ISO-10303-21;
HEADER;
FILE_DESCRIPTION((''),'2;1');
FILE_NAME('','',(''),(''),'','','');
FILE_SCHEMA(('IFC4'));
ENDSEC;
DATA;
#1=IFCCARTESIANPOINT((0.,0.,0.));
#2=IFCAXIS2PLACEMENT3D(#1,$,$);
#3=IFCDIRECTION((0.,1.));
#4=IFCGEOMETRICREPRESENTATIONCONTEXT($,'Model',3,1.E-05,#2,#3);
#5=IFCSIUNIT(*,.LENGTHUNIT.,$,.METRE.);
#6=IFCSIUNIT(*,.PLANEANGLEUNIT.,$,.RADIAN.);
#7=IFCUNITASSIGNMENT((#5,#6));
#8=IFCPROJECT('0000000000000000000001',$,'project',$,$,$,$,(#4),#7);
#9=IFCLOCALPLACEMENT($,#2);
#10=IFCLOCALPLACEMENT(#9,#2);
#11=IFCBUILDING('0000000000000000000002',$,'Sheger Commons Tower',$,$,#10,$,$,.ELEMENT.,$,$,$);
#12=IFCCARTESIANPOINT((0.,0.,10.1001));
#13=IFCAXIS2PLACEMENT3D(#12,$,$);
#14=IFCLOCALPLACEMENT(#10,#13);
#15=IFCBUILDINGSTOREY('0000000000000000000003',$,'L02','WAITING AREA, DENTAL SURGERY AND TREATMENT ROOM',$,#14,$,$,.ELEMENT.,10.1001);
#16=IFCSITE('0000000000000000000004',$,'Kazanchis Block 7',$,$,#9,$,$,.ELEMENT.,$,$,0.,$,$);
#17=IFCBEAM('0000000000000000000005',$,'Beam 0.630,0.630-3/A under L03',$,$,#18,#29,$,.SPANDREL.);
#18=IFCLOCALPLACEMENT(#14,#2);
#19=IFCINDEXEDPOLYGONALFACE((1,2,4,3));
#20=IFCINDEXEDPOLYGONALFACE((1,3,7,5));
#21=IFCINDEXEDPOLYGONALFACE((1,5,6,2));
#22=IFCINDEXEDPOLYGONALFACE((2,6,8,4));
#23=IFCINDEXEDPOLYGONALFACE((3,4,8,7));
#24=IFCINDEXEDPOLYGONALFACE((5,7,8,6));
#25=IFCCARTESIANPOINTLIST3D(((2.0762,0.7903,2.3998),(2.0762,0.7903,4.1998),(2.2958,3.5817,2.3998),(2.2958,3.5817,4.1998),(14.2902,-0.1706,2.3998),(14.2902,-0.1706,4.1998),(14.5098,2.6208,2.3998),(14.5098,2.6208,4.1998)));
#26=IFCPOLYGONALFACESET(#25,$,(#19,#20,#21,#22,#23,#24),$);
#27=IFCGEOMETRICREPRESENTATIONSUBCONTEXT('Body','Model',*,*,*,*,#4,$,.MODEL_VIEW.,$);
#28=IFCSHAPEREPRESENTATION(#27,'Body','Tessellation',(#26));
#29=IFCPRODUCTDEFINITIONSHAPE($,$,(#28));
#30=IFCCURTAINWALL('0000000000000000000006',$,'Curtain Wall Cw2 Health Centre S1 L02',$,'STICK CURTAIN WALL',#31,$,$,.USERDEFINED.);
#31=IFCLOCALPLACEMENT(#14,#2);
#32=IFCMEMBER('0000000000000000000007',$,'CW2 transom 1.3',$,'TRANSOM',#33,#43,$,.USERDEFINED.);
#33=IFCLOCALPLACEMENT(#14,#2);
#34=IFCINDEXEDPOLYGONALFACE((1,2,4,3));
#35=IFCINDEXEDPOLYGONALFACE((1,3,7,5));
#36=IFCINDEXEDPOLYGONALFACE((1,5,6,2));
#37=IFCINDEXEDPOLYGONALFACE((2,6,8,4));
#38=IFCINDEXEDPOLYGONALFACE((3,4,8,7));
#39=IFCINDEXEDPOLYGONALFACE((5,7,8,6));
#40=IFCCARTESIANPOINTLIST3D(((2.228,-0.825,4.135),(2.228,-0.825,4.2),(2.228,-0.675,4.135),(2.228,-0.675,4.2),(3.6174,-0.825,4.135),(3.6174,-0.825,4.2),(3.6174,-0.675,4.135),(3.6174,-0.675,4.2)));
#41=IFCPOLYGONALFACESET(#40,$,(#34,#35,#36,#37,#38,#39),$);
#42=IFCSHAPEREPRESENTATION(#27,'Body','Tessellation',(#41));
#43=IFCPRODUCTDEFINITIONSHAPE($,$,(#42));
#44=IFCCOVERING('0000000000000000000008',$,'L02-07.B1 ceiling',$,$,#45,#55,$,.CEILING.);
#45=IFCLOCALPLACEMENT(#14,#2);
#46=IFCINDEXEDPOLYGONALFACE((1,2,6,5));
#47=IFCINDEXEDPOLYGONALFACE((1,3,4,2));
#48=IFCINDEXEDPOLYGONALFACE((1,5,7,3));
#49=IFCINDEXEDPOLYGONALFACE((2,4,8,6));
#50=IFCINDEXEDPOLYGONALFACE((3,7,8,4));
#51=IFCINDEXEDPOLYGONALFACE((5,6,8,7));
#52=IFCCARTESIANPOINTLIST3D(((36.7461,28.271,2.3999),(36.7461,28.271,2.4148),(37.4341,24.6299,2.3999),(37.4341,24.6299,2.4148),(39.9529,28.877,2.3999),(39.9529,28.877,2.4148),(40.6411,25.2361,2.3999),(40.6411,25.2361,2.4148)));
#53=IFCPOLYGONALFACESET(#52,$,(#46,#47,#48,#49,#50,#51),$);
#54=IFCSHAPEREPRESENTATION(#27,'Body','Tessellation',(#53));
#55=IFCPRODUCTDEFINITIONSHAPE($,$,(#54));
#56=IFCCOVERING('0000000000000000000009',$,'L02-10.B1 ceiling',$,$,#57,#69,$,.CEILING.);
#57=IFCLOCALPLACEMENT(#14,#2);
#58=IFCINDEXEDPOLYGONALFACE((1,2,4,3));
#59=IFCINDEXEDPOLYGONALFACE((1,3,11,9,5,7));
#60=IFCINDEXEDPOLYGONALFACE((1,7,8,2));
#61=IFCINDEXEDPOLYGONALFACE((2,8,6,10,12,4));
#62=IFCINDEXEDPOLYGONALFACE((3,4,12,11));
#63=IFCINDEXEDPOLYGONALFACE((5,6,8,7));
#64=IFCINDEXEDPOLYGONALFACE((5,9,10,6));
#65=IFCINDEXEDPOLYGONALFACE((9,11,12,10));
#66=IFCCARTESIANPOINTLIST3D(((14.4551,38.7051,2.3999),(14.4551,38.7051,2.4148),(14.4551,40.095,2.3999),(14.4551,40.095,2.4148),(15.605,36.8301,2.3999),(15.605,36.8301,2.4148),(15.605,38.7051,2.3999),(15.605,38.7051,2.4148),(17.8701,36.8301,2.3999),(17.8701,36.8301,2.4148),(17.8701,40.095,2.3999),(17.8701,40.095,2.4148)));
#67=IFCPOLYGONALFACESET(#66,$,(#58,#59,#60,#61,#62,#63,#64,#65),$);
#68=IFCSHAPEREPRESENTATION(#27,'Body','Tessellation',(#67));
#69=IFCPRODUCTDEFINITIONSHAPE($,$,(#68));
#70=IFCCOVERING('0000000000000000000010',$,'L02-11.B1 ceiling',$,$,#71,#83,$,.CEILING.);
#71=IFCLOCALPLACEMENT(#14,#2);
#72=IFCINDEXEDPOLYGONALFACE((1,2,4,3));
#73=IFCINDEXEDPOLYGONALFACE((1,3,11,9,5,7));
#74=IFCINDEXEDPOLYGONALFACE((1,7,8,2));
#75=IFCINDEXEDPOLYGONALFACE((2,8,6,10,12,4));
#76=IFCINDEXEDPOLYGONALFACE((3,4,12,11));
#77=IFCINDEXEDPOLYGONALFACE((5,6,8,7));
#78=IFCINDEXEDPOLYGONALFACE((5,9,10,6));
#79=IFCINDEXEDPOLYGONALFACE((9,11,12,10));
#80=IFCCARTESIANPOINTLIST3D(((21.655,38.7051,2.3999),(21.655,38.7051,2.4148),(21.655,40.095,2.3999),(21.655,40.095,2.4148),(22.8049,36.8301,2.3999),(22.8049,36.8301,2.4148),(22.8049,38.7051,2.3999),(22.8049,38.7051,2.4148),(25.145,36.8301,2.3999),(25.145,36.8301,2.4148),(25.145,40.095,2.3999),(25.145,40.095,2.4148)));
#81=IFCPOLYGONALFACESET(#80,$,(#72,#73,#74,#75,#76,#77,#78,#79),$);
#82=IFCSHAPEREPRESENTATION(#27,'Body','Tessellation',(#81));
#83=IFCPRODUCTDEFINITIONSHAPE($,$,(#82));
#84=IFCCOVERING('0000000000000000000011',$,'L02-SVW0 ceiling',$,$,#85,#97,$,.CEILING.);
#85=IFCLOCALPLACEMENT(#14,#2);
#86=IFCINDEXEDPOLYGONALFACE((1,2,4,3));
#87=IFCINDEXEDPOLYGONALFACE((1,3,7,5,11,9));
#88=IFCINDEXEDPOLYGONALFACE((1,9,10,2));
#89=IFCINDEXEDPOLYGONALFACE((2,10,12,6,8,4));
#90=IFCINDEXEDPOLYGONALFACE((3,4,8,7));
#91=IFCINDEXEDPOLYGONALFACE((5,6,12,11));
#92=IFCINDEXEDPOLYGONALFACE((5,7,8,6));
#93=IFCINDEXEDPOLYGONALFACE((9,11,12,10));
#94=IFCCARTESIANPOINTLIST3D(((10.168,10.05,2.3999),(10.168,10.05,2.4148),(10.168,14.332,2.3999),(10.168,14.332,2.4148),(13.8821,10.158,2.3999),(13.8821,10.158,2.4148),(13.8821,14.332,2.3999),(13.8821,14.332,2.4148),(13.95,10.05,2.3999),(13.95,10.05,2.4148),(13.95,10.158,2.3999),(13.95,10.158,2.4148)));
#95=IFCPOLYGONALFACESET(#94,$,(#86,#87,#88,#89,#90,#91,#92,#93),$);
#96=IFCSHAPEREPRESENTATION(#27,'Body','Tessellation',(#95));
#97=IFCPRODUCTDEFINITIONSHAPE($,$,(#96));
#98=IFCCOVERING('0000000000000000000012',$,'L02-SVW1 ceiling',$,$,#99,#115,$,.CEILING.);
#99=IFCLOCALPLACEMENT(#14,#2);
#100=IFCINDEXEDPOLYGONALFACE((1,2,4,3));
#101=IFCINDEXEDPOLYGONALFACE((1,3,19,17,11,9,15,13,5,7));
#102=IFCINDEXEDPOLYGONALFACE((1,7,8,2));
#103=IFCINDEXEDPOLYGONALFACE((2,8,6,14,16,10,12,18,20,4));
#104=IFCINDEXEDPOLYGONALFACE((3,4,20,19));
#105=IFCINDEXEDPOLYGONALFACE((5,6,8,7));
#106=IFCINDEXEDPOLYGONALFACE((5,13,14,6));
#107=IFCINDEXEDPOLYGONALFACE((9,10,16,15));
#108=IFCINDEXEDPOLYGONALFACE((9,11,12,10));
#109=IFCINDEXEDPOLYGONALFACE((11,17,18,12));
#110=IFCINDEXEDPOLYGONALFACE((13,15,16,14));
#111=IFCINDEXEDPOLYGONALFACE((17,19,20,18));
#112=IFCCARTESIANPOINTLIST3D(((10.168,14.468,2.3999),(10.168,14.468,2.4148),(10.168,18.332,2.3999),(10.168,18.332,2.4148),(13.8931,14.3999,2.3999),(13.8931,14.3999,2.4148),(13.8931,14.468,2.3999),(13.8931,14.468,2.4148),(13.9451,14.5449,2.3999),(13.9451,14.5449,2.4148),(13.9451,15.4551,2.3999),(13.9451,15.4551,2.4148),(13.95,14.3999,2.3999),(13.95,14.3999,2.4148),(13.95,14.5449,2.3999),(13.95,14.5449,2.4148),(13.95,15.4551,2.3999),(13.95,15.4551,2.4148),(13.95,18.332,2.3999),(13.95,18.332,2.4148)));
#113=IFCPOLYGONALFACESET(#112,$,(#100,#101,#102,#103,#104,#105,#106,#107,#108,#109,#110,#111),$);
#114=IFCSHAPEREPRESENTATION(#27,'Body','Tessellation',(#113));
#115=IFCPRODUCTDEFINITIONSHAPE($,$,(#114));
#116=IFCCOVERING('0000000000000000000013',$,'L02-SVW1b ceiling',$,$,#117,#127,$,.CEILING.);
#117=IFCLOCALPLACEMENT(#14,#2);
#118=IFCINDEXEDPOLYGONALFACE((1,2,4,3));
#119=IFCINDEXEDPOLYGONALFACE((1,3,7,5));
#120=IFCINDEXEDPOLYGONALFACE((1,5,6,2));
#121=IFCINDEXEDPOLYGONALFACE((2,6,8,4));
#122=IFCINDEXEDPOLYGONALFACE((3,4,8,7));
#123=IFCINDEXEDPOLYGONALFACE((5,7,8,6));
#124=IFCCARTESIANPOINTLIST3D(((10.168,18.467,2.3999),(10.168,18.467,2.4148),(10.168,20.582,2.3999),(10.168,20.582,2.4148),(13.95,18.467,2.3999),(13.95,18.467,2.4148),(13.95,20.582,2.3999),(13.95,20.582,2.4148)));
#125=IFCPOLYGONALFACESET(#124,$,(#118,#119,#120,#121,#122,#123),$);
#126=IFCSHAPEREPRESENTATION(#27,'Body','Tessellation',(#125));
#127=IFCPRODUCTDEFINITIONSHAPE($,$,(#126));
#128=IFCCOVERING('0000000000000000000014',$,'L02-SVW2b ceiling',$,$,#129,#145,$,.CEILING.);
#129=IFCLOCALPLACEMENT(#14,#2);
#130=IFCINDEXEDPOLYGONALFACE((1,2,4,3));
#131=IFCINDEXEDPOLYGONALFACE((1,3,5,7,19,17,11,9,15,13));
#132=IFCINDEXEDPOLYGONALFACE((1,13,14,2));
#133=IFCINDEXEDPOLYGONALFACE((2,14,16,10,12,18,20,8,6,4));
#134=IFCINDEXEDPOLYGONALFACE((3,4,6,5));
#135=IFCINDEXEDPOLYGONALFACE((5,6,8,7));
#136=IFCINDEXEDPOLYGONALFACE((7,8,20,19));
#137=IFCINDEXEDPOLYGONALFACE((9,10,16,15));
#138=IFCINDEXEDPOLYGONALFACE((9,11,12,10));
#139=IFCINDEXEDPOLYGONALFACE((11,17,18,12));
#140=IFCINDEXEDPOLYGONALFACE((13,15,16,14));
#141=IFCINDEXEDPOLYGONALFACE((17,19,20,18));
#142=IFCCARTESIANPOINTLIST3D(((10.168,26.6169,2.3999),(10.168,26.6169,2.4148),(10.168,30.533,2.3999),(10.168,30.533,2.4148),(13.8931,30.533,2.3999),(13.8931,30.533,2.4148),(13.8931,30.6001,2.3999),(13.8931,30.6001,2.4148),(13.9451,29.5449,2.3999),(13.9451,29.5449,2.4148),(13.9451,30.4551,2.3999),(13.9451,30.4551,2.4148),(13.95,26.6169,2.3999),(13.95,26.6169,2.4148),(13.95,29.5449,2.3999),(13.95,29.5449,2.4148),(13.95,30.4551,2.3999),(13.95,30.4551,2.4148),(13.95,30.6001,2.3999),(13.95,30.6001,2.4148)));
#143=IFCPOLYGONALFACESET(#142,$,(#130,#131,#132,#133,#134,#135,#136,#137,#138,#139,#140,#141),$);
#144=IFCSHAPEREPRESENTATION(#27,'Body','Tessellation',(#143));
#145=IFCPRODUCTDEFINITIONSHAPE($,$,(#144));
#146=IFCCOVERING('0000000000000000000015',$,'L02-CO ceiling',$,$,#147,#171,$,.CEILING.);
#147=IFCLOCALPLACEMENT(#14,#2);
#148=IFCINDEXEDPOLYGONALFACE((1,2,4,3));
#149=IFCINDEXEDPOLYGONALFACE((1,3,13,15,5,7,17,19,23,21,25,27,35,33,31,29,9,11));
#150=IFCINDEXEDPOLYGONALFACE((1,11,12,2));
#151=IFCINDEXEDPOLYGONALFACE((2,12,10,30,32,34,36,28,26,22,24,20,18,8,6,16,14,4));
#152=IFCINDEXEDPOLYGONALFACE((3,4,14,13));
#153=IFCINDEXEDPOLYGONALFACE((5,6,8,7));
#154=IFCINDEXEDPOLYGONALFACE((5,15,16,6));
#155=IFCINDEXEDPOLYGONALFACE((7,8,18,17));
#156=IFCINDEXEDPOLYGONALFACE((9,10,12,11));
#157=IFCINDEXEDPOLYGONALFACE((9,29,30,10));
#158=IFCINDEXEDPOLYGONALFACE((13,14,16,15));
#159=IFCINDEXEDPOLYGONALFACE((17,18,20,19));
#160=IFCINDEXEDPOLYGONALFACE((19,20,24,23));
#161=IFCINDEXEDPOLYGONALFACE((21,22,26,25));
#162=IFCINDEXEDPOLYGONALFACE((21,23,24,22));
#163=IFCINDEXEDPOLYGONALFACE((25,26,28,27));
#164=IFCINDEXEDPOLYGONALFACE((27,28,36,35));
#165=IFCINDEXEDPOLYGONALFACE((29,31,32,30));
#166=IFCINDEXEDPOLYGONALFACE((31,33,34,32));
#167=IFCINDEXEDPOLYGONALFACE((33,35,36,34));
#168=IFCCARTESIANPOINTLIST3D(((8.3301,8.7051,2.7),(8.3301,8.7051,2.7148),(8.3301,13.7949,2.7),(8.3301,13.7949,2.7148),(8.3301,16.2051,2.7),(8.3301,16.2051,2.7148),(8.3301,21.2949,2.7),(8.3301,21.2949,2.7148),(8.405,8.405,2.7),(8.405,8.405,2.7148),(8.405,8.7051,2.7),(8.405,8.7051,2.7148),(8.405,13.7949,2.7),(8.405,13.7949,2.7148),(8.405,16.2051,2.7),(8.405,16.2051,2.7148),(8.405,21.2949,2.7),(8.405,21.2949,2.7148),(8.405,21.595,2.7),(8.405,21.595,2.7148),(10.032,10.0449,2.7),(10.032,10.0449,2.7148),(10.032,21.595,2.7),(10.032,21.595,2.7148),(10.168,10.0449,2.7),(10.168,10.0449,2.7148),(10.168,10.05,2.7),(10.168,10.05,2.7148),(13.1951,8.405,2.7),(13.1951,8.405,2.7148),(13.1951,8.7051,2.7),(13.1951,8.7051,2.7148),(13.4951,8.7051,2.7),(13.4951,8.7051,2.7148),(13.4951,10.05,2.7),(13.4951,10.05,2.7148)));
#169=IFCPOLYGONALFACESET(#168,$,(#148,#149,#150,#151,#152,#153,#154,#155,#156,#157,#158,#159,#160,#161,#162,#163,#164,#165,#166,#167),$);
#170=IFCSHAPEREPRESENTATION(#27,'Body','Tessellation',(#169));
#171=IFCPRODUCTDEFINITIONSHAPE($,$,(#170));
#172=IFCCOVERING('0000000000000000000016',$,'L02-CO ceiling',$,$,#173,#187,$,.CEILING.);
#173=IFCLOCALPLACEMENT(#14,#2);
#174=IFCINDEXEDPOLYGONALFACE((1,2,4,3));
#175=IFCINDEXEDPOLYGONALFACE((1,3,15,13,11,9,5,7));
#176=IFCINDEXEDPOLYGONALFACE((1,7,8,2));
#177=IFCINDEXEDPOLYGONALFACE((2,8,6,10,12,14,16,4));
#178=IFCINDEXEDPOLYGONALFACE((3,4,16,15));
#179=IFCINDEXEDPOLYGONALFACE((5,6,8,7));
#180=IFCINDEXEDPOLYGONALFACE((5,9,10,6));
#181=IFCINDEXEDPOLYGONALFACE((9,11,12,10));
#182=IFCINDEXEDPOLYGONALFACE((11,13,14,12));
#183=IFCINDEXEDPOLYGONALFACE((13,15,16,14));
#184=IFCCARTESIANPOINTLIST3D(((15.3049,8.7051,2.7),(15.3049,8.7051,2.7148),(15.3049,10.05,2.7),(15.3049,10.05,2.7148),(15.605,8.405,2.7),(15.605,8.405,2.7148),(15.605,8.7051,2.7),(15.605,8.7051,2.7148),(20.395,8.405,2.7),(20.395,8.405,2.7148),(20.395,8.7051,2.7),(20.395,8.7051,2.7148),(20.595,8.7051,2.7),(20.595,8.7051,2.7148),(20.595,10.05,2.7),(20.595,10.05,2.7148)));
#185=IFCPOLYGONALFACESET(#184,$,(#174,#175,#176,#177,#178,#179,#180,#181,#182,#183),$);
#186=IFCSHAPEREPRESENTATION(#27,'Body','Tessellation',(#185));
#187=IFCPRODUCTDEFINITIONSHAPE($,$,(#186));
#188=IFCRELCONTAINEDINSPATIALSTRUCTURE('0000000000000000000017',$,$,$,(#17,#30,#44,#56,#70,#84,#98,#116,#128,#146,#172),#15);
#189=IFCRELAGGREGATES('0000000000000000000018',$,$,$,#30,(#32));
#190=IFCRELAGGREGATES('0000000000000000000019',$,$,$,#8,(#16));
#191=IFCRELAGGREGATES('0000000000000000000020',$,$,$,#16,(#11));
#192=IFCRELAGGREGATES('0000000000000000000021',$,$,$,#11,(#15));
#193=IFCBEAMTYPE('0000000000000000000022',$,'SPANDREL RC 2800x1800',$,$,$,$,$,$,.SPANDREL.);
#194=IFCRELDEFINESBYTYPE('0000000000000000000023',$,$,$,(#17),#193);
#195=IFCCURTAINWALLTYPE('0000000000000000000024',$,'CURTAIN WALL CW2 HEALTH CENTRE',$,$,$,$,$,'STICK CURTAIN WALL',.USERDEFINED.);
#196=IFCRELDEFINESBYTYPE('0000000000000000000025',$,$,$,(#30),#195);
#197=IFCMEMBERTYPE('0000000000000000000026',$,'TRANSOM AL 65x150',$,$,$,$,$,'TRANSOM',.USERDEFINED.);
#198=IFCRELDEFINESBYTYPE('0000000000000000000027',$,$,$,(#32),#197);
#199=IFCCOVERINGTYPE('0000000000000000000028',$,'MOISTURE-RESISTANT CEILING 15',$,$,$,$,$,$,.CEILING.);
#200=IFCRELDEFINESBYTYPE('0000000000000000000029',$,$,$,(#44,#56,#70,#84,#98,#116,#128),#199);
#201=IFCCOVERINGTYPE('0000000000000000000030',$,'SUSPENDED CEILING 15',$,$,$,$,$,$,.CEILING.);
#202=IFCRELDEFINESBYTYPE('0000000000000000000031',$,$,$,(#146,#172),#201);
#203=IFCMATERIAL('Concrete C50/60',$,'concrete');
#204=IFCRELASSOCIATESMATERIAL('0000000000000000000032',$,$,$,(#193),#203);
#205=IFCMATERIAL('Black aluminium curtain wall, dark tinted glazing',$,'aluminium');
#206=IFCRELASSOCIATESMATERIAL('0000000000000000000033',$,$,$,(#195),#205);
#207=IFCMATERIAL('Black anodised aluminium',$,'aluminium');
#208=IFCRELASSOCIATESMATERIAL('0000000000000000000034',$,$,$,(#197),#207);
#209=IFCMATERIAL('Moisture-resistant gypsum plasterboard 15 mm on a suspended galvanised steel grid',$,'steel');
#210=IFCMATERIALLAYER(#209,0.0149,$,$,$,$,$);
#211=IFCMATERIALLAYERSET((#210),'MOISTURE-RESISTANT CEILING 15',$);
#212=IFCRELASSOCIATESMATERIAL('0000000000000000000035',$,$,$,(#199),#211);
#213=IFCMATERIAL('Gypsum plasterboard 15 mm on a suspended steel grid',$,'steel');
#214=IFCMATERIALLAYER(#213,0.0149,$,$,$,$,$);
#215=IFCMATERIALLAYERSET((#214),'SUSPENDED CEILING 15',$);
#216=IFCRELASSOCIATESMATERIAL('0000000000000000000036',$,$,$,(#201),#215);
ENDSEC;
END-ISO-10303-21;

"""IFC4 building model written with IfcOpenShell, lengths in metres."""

from ifc_helpers import new_model, si_unit, direction, frame, origin, origin_2d, place, context, subcontext, project, spatial, polyline, rectangle, outline, extrude, material, layer, layer_set, material_profile, profile_set, type_object, element, aggregate, save


model = new_model("IFC4")

# Units and contexts
model_context = context("Model", 3, precision=1e-05, world=origin(), true_north=direction((0.0, 1.0)))
body_context = subcontext(model_context, "Body", "Model", "MODEL_VIEW")
ifc_project = project(units=[si_unit("LENGTHUNIT", "METRE"), si_unit("PLANEANGLEUNIT", "RADIAN")], contexts=[model_context])

# Site, building, storey
site_placement = place(None, origin())
site = spatial("IfcSite", under=ifc_project, at=site_placement, Name="Kazanchis Block 7", CompositionType="ELEMENT", RefElevation=0.0)
building_placement = place(site_placement, origin())
building = spatial("IfcBuilding", under=site, at=building_placement, Name="Sheger Commons Tower", CompositionType="ELEMENT")
storey_placement = place(building_placement, frame((0.0, 0.0, 10.1001)))
storey = spatial("IfcBuildingStorey", under=building, at=storey_placement, Name="L02", Description="WAITING AREA, DENTAL SURGERY AND TREATMENT ROOM", CompositionType="ELEMENT", Elevation=10.1001)

# Beam
ifc_material_1 = material(Name="Concrete C50/60", Category="concrete")
ifc_material_profile_1 = material_profile(ifc_material_1, rectangle(XDim=2.8, YDim=1.8, at=origin_2d()), Name="RC 2800x1800")
ifc_profile_set_1 = profile_set([ifc_material_profile_1], Name="Concrete C50/60")
beam_type = type_object("IfcBeamType", Name="SPANDREL RC 2800x1800", PredefinedType="SPANDREL", material=ifc_profile_set_1)
beam_placement = place(storey_placement, frame((2.186, 2.186, 3.2998), z_axis=(0.996919, -0.078434, 0.0), x_axis=(0.078434, 0.996919, 0.0)))
element("IfcBeam", 1, at=beam_placement, inside=storey, type_object=beam_type, Name="Beam 0.630,0.630-3/A under L03", PredefinedType="SPANDREL", context=body_context, shape_type="SweptSolid", body=[
    extrude(rectangle(XDim=2.8, YDim=1.8, at=origin_2d()), origin(), (0.0, 0.0, 1.0), 12.2517),
])

# Curtain wall, member
ifc_material_2 = material(Name="Black aluminium curtain wall, dark tinted glazing", Category="aluminium")
curtain_wall_type = type_object("IfcCurtainWallType", Name="CURTAIN WALL CW2 HEALTH CENTRE", ElementType="STICK CURTAIN WALL", PredefinedType="USERDEFINED", material=ifc_material_2)
curtain_wall_placement = place(storey_placement, origin())
curtain_wall = element("IfcCurtainWall", 2, at=curtain_wall_placement, inside=storey, type_object=curtain_wall_type, Name="Curtain Wall Cw2 Health Centre S1 L02", ObjectType="STICK CURTAIN WALL", PredefinedType="USERDEFINED")
ifc_material_3 = material(Name="Black anodised aluminium", Category="aluminium")
ifc_material_profile_2 = material_profile(ifc_material_3, rectangle(XDim=0.1499, YDim=0.0649, at=origin_2d()), Name="AL 65x150")
ifc_profile_set_2 = profile_set([ifc_material_profile_2], Name="Black anodised aluminium")
member_type = type_object("IfcMemberType", Name="TRANSOM AL 65x150", ElementType="TRANSOM", PredefinedType="USERDEFINED", material=ifc_profile_set_2)
member_placement = place(storey_placement, frame((2.228, -0.75, 4.1675), z_axis=(1.0, 0.0, 0.0), x_axis=(0.0, 1.0, 0.0)))
member = element("IfcMember", 3, at=member_placement, type_object=member_type, Name="CW2 transom 1.3", ObjectType="TRANSOM", PredefinedType="USERDEFINED", context=body_context, shape_type="SweptSolid", body=[
    extrude(rectangle(XDim=0.1499, YDim=0.0649, at=origin_2d()), origin(), (0.0, 0.0, 1.0), 1.3894),
])
aggregate(curtain_wall, [member])

# Coverings
ifc_material_4 = material(Name="Moisture-resistant gypsum plasterboard 15 mm on a suspended galvanised steel grid", Category="steel")
ifc_layer_1 = layer(ifc_material_4, 0.0149)
ifc_layer_set_1 = layer_set([ifc_layer_1], Name="MOISTURE-RESISTANT CEILING 15")
covering_type_1 = type_object("IfcCoveringType", Name="MOISTURE-RESISTANT CEILING 15", PredefinedType="CEILING", material=ifc_layer_set_1)
covering_1_placement = place(storey_placement, frame((0.0, 0.0, 2.3999)))
element("IfcCovering", 4, at=covering_1_placement, inside=storey, type_object=covering_type_1, Name="L02-07.B1 ceiling", PredefinedType="CEILING", context=body_context, shape_type="SweptSolid", body=[
    extrude(outline(polyline([(37.4341, 24.6299), (40.6411, 25.2361), (39.9529, 28.877), (36.7461, 28.271), (37.4341, 24.6299)])), origin(), (0.0, 0.0, 1.0), 0.0149),
])
covering_2_placement = place(storey_placement, frame((0.0, 0.0, 2.3999)))
element("IfcCovering", 5, at=covering_2_placement, inside=storey, type_object=covering_type_1, Name="L02-10.B1 ceiling", PredefinedType="CEILING", context=body_context, shape_type="SweptSolid", body=[
    extrude(outline(polyline([(15.605, 36.8301), (17.8701, 36.8301), (17.8701, 40.095), (14.4551, 40.095), (14.4551, 38.7051), (15.605, 38.7051), (15.605, 36.8301)])), origin(), (0.0, 0.0, 1.0), 0.0149),
])
covering_3_placement = place(storey_placement, frame((0.0, 0.0, 2.3999)))
element("IfcCovering", 6, at=covering_3_placement, inside=storey, type_object=covering_type_1, Name="L02-11.B1 ceiling", PredefinedType="CEILING", context=body_context, shape_type="SweptSolid", body=[
    extrude(outline(polyline([(22.8049, 36.8301), (25.145, 36.8301), (25.145, 40.095), (21.655, 40.095), (21.655, 38.7051), (22.8049, 38.7051), (22.8049, 36.8301)])), origin(), (0.0, 0.0, 1.0), 0.0149),
])
covering_4_placement = place(storey_placement, frame((0.0, 0.0, 2.3999)))
element("IfcCovering", 7, at=covering_4_placement, inside=storey, type_object=covering_type_1, Name="L02-SVW0 ceiling", PredefinedType="CEILING", context=body_context, shape_type="SweptSolid", body=[
    extrude(outline(polyline([(10.168, 10.05), (13.95, 10.05), (13.95, 10.158), (13.8821, 10.158), (13.8821, 14.332), (10.168, 14.332), (10.168, 10.05)])), origin(), (0.0, 0.0, 1.0), 0.0149),
])
covering_5_placement = place(storey_placement, frame((0.0, 0.0, 2.3999)))
element("IfcCovering", 8, at=covering_5_placement, inside=storey, type_object=covering_type_1, Name="L02-SVW1 ceiling", PredefinedType="CEILING", context=body_context, shape_type="SweptSolid", body=[
    extrude(outline(polyline([(13.8931, 14.3999), (13.95, 14.3999), (13.95, 14.5449), (13.9451, 14.5449), (13.9451, 15.4551), (13.95, 15.4551), (13.95, 18.332), (10.168, 18.332), (10.168, 14.468), (13.8931, 14.468), (13.8931, 14.3999)])), origin(), (0.0, 0.0, 1.0), 0.0149),
])
covering_6_placement = place(storey_placement, frame((0.0, 0.0, 2.3999)))
element("IfcCovering", 9, at=covering_6_placement, inside=storey, type_object=covering_type_1, Name="L02-SVW1b ceiling", PredefinedType="CEILING", context=body_context, shape_type="SweptSolid", body=[
    extrude(outline(polyline([(10.168, 18.467), (13.95, 18.467), (13.95, 20.582), (10.168, 20.582), (10.168, 18.467)])), origin(), (0.0, 0.0, 1.0), 0.0149),
])
covering_7_placement = place(storey_placement, frame((0.0, 0.0, 2.3999)))
element("IfcCovering", 10, at=covering_7_placement, inside=storey, type_object=covering_type_1, Name="L02-SVW2b ceiling", PredefinedType="CEILING", context=body_context, shape_type="SweptSolid", body=[
    extrude(outline(polyline([(10.168, 26.6169), (13.95, 26.6169), (13.95, 29.5449), (13.9451, 29.5449), (13.9451, 30.4551), (13.95, 30.4551), (13.95, 30.6001), (13.8931, 30.6001), (13.8931, 30.533), (10.168, 30.533), (10.168, 26.6169)])), origin(), (0.0, 0.0, 1.0), 0.0149),
])
ifc_material_5 = material(Name="Gypsum plasterboard 15 mm on a suspended steel grid", Category="steel")
ifc_layer_2 = layer(ifc_material_5, 0.0149)
ifc_layer_set_2 = layer_set([ifc_layer_2], Name="SUSPENDED CEILING 15")
covering_type_2 = type_object("IfcCoveringType", Name="SUSPENDED CEILING 15", PredefinedType="CEILING", material=ifc_layer_set_2)
covering_8_placement = place(storey_placement, frame((0.0, 0.0, 2.7)))
element("IfcCovering", 11, at=covering_8_placement, inside=storey, type_object=covering_type_2, Name="L02-CO ceiling", PredefinedType="CEILING", context=body_context, shape_type="SweptSolid", body=[
    extrude(outline(polyline([(8.405, 8.405), (13.1951, 8.405), (13.1951, 8.7051), (13.4951, 8.7051), (13.4951, 10.05), (10.168, 10.05), (10.168, 10.0449), (10.032, 10.0449), (10.032, 21.595), (8.405, 21.595), (8.405, 21.2949), (8.3301, 21.2949), (8.3301, 16.2051), (8.405, 16.2051), (8.405, 13.7949), (8.3301, 13.7949), (8.3301, 8.7051), (8.405, 8.7051), (8.405, 8.405)])), origin(), (0.0, 0.0, 1.0), 0.0149),
])
covering_9_placement = place(storey_placement, frame((0.0, 0.0, 2.7)))
element("IfcCovering", 12, at=covering_9_placement, inside=storey, type_object=covering_type_2, Name="L02-CO ceiling", PredefinedType="CEILING", context=body_context, shape_type="SweptSolid", body=[
    extrude(outline(polyline([(15.605, 8.405), (20.395, 8.405), (20.395, 8.7051), (20.595, 8.7051), (20.595, 10.05), (15.3049, 10.05), (15.3049, 8.7051), (15.605, 8.7051), (15.605, 8.405)])), origin(), (0.0, 0.0, 1.0), 0.0149),
])

save(model, "model.ifc")
